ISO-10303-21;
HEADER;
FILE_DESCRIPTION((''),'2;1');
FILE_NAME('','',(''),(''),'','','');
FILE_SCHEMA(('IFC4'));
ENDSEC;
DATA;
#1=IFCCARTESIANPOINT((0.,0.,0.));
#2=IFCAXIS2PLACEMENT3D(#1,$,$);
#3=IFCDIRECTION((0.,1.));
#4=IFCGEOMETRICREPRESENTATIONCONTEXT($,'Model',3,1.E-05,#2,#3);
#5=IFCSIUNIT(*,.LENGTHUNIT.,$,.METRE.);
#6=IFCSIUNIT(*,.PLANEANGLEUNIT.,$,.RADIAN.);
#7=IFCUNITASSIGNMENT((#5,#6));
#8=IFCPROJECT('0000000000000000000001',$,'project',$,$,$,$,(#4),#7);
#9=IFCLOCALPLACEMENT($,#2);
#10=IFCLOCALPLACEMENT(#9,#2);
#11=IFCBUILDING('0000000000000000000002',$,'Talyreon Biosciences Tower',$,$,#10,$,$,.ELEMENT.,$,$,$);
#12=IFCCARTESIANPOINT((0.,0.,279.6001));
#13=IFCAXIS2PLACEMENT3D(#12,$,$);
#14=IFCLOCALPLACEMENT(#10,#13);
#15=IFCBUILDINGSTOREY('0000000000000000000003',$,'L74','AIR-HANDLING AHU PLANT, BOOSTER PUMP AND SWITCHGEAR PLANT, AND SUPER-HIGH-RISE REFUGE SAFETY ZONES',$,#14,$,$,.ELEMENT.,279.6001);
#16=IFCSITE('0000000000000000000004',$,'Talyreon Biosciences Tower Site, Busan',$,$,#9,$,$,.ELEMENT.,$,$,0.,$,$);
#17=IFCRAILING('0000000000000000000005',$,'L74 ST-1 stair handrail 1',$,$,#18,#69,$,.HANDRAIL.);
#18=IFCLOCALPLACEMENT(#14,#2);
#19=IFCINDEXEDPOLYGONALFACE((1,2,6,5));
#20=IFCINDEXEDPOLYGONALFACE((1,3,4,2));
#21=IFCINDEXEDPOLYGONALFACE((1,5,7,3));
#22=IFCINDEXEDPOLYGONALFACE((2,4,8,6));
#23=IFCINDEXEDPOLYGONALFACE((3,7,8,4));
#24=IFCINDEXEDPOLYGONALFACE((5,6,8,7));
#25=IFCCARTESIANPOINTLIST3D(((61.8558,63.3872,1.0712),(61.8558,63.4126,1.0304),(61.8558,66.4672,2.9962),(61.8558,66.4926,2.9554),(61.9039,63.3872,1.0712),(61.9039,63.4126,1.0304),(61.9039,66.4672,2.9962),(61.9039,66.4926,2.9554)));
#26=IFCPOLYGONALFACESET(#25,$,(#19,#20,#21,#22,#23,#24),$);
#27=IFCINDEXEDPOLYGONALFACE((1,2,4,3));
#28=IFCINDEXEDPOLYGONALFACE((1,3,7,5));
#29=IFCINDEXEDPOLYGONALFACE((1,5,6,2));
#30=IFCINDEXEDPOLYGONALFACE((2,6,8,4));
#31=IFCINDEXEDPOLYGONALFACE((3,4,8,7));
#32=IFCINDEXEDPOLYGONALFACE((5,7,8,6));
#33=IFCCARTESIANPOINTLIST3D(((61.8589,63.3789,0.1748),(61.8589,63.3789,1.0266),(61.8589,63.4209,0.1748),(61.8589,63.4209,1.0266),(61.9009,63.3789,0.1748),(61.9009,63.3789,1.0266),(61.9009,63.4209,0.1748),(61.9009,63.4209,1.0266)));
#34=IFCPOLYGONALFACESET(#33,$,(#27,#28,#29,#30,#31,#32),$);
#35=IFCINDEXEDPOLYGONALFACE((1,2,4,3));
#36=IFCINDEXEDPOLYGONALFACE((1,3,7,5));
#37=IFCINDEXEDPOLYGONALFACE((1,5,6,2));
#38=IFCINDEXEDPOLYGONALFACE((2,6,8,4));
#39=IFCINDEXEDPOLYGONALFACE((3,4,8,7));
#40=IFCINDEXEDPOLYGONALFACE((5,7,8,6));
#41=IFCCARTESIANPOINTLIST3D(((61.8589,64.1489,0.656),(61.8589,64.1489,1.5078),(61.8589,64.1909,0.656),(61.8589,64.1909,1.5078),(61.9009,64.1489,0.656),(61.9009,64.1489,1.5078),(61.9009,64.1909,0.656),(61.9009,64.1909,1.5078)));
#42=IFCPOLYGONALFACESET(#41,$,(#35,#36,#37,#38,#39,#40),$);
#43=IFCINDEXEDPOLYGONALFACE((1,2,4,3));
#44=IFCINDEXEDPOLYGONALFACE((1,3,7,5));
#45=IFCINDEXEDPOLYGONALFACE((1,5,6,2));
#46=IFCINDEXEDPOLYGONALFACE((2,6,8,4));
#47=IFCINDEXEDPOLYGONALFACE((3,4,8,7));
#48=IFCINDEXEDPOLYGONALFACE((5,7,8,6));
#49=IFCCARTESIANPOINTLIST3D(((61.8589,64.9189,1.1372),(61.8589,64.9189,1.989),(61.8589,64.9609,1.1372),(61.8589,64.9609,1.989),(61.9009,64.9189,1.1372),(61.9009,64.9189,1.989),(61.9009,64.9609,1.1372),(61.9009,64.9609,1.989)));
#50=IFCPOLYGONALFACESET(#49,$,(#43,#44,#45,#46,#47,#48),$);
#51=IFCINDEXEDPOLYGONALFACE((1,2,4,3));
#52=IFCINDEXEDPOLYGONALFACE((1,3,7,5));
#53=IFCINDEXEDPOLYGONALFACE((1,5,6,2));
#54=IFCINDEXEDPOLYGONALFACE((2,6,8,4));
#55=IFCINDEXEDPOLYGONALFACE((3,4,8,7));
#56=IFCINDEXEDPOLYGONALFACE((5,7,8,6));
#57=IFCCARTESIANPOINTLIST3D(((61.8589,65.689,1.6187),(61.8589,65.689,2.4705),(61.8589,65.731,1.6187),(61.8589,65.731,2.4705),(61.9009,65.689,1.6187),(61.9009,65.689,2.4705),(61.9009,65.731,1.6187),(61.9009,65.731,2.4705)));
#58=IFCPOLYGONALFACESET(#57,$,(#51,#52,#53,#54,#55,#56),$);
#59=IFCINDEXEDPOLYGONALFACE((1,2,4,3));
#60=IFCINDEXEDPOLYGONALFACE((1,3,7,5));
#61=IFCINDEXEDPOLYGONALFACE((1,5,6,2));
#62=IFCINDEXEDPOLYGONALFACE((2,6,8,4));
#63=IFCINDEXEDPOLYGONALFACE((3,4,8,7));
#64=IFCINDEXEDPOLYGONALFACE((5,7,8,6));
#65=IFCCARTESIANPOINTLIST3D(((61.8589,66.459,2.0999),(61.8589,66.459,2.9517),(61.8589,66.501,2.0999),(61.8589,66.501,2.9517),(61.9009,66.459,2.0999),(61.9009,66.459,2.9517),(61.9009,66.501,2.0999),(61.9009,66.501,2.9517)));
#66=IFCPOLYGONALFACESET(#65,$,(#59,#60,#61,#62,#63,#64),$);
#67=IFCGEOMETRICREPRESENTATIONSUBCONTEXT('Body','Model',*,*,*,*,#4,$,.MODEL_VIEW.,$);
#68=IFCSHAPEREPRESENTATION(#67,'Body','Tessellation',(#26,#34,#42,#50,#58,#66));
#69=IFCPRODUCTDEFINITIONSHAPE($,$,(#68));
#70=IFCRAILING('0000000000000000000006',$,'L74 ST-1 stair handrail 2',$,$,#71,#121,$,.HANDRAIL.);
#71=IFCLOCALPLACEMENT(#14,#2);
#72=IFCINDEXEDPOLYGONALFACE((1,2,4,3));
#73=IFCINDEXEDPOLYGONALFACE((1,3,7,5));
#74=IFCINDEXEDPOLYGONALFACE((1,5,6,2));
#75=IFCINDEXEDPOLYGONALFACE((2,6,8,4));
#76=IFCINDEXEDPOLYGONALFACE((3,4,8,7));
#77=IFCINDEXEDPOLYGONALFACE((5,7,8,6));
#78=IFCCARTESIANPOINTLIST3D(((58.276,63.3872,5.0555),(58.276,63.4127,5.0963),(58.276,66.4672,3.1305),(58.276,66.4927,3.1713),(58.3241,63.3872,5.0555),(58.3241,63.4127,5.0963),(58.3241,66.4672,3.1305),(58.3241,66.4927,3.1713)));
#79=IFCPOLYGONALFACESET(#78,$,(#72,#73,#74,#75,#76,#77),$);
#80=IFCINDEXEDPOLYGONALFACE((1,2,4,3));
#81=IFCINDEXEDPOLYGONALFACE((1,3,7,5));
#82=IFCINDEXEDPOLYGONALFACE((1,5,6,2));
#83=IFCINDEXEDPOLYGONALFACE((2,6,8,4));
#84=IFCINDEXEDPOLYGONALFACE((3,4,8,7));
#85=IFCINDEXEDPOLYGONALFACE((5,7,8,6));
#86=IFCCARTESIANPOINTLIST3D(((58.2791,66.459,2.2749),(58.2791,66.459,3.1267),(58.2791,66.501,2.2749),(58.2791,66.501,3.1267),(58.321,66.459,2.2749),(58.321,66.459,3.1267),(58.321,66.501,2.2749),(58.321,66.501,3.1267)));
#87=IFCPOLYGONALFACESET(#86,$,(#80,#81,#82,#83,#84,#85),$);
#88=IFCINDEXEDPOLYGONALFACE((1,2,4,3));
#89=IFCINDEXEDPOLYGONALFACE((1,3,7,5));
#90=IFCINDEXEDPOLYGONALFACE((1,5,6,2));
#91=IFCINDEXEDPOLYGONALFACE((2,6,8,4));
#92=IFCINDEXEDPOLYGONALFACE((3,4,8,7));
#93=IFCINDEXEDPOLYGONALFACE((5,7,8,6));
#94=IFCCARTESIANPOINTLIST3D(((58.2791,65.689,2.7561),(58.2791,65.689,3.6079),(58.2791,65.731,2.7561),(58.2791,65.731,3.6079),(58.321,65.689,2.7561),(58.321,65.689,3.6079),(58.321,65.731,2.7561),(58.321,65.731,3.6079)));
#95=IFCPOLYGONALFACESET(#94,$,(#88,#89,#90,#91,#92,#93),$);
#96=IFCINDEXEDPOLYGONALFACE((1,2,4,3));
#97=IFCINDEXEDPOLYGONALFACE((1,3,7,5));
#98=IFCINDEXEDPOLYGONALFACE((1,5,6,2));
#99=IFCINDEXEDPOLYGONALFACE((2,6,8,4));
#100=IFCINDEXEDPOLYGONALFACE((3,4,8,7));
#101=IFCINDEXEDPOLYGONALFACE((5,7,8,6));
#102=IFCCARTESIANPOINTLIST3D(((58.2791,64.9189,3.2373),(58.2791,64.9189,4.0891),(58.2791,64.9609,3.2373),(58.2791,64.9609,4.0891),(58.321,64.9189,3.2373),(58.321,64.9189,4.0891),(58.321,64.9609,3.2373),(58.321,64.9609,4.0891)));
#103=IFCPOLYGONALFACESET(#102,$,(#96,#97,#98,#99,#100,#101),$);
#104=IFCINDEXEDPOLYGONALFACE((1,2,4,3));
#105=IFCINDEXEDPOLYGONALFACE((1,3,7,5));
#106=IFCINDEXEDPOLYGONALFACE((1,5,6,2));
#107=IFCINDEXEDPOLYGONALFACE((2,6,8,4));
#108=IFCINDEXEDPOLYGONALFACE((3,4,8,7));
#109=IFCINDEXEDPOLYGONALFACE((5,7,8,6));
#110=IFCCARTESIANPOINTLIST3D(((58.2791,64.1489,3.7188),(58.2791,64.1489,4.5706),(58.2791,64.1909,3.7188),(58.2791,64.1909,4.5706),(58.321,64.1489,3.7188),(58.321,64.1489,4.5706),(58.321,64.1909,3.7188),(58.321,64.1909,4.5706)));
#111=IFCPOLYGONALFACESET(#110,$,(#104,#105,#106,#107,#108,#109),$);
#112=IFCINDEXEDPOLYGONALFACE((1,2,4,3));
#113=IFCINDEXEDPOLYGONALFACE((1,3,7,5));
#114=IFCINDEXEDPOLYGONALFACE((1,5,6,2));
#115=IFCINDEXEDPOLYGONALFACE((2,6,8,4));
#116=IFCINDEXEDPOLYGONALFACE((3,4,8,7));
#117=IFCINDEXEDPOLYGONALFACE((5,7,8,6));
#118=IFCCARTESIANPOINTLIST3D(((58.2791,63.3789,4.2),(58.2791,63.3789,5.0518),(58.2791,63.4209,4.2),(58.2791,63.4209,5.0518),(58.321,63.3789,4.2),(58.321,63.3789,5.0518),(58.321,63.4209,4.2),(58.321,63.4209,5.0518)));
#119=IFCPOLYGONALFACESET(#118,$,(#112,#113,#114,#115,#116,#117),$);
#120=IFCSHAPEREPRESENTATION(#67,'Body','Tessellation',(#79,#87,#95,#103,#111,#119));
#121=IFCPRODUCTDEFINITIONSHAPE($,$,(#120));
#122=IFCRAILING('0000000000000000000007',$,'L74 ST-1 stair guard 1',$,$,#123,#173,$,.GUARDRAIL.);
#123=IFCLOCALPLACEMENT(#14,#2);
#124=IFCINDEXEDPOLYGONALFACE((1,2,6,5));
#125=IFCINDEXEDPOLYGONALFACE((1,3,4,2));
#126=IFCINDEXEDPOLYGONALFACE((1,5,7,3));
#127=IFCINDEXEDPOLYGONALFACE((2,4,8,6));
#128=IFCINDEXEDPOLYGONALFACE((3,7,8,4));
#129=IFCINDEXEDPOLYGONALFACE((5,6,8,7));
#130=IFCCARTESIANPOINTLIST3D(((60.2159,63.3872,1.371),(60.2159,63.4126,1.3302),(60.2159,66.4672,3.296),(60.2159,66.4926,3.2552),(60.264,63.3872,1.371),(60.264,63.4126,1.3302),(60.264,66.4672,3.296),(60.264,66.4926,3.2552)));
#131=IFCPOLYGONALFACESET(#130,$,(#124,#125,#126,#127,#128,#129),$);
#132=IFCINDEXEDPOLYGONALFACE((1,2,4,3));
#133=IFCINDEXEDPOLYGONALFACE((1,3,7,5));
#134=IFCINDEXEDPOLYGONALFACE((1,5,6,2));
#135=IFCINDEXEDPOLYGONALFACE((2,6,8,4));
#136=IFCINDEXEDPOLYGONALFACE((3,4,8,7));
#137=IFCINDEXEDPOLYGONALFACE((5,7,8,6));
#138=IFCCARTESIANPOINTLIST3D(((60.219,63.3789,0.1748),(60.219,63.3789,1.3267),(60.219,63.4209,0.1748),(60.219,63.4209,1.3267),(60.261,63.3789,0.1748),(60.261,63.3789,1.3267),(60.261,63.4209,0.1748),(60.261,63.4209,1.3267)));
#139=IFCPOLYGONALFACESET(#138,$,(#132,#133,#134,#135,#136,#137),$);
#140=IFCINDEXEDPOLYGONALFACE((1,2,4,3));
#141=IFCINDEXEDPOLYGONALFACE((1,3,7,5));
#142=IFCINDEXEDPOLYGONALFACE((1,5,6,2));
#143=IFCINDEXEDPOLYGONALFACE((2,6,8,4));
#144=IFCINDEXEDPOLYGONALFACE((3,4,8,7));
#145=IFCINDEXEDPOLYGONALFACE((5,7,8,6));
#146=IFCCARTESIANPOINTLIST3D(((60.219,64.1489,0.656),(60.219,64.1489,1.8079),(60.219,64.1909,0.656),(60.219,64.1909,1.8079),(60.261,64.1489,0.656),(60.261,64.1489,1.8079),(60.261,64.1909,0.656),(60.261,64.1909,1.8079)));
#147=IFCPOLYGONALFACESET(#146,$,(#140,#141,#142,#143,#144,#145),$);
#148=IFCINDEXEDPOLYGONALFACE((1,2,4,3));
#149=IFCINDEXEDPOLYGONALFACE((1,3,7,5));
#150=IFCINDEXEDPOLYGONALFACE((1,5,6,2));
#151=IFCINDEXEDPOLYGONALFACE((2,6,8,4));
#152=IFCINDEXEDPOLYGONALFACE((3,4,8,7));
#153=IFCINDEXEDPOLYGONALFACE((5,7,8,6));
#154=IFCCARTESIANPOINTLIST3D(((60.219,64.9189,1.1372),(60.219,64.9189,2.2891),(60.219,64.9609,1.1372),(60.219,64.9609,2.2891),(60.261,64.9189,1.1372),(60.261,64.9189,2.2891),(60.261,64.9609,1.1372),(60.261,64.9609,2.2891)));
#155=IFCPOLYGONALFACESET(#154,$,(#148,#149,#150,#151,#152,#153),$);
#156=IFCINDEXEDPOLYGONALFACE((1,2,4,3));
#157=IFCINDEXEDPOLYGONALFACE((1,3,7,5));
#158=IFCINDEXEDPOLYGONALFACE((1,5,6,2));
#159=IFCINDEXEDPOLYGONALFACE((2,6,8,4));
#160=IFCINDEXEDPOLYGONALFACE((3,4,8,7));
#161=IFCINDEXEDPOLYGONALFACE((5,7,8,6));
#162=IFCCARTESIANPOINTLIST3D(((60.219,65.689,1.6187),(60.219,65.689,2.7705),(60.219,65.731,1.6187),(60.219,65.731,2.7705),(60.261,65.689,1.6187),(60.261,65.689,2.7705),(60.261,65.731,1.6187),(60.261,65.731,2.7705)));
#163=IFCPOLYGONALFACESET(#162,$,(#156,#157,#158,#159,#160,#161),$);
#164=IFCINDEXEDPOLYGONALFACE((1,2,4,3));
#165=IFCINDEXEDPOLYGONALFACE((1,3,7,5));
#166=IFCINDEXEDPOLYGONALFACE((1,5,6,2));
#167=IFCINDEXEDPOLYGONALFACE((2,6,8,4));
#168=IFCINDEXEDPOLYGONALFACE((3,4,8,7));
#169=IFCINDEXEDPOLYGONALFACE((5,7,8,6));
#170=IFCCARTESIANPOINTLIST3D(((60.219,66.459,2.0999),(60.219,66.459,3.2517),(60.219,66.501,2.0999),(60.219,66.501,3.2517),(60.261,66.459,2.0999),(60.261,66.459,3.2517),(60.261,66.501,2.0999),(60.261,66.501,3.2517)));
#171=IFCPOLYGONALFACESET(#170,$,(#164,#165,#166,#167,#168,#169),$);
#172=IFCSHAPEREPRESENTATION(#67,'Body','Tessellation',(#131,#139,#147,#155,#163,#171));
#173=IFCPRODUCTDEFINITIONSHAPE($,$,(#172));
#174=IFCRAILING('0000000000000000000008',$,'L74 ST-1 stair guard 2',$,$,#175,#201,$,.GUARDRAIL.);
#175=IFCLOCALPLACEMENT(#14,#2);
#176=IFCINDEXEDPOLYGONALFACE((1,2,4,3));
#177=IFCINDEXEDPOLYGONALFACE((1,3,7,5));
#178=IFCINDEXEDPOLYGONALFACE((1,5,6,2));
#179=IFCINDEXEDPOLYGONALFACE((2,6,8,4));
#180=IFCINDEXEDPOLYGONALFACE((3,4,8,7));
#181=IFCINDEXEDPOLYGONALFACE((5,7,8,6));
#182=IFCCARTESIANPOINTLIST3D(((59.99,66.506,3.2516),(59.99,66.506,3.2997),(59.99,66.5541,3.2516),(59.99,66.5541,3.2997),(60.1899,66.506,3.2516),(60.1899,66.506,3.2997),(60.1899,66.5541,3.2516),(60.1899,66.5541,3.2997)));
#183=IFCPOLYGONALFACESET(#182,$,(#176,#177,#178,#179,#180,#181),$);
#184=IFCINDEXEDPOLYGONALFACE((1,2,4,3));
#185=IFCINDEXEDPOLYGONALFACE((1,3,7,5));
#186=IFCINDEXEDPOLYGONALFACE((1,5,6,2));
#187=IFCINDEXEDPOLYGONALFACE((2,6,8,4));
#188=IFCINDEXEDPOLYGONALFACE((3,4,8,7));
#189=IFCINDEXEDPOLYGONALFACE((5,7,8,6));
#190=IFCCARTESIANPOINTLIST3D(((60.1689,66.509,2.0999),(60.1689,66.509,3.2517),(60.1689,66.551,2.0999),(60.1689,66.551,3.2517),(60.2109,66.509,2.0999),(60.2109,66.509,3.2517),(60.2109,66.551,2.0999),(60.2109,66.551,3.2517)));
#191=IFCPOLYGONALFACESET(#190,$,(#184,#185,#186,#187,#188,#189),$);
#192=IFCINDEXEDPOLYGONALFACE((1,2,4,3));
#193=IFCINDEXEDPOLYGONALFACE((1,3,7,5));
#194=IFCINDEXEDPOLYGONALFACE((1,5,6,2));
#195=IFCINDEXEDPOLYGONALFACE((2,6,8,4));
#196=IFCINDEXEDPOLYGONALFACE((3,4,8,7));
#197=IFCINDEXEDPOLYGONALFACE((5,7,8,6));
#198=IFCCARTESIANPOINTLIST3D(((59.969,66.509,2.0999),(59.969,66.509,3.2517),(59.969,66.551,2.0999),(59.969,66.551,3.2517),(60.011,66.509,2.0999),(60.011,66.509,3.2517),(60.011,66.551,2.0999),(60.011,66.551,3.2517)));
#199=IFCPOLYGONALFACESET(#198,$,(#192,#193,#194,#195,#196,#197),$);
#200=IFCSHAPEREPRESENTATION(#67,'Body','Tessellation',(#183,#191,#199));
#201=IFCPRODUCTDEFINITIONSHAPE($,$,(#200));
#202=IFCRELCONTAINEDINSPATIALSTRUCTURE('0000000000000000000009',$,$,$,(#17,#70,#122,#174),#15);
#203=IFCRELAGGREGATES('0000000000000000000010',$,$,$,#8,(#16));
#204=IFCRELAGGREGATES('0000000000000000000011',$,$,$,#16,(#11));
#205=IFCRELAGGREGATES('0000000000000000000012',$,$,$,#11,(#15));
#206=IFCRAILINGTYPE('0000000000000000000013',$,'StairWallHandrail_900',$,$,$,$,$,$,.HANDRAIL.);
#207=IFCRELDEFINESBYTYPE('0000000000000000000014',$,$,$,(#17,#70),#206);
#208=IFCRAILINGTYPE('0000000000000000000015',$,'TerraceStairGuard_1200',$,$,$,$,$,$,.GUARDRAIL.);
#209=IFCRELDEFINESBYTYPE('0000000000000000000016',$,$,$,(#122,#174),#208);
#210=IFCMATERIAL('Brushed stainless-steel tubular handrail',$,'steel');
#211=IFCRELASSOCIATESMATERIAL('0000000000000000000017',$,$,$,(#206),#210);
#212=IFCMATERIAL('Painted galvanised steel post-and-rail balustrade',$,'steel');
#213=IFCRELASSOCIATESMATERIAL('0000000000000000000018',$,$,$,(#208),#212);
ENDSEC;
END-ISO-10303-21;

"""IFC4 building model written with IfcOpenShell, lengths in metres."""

from ifc_helpers import new_model, si_unit, direction, frame, origin, origin_2d, place, context, subcontext, project, spatial, rectangle, extrude, material, type_object, element, save


model = new_model("IFC4")

# Units and contexts
model_context = context("Model", 3, precision=1e-05, world=origin(), true_north=direction((0.0, 1.0)))
body_context = subcontext(model_context, "Body", "Model", "MODEL_VIEW")
ifc_project = project(units=[si_unit("LENGTHUNIT", "METRE"), si_unit("PLANEANGLEUNIT", "RADIAN")], contexts=[model_context])

# Site, building, storey
site_placement = place(None, origin())
site = spatial("IfcSite", under=ifc_project, at=site_placement, Name="Talyreon Biosciences Tower Site, Busan", CompositionType="ELEMENT", RefElevation=0.0)
building_placement = place(site_placement, origin())
building = spatial("IfcBuilding", under=site, at=building_placement, Name="Talyreon Biosciences Tower", CompositionType="ELEMENT")
storey_placement = place(building_placement, frame((0.0, 0.0, 279.6001)))
storey = spatial("IfcBuildingStorey", under=building, at=storey_placement, Name="L74", Description="AIR-HANDLING AHU PLANT, BOOSTER PUMP AND SWITCHGEAR PLANT, AND SUPER-HIGH-RISE REFUGE SAFETY ZONES", CompositionType="ELEMENT", Elevation=279.6001)

# Railings
ifc_material_1 = material(Name="Brushed stainless-steel tubular handrail", Category="steel")
railing_type_1 = type_object("IfcRailingType", Name="StairWallHandrail_900", PredefinedType="HANDRAIL", material=ifc_material_1)
railing_1_placement = place(storey_placement, frame((61.8799, 63.3999, 0.1748)))
element("IfcRailing", 1, at=railing_1_placement, inside=storey, type_object=railing_type_1, Name="L74 ST-1 stair handrail 1", PredefinedType="HANDRAIL", context=body_context, shape_type="SweptSolid", body=[
    extrude(rectangle(XDim=0.0481, YDim=0.0481, at=origin_2d()), frame((0.0, 0.0, 0.876), z_axis=(0.0, 0.847998, 0.529999), x_axis=(-1.0, 0.0, 0.0)), (0.0, 0.0, 1.0), 3.6321),
    extrude(rectangle(XDim=0.042, YDim=0.042, at=origin_2d()), origin(), (0.0, 0.0, 1.0), 0.8518),
    extrude(rectangle(XDim=0.042, YDim=0.042, at=origin_2d()), frame((0.0, 0.77, 0.4812)), (0.0, 0.0, 1.0), 0.8518),
    extrude(rectangle(XDim=0.042, YDim=0.042, at=origin_2d()), frame((0.0, 1.54, 0.9624)), (0.0, 0.0, 1.0), 0.8518),
    extrude(rectangle(XDim=0.042, YDim=0.042, at=origin_2d()), frame((0.0, 2.3101, 1.4438)), (0.0, 0.0, 1.0), 0.8518),
    extrude(rectangle(XDim=0.042, YDim=0.042, at=origin_2d()), frame((0.0, 3.0801, 1.925)), (0.0, 0.0, 1.0), 0.8518),
])
railing_2_placement = place(storey_placement, frame((58.3, 66.48, 2.2749)))
element("IfcRailing", 2, at=railing_2_placement, inside=storey, type_object=railing_type_1, Name="L74 ST-1 stair handrail 2", PredefinedType="HANDRAIL", context=body_context, shape_type="SweptSolid", body=[
    extrude(rectangle(XDim=0.0481, YDim=0.0481, at=origin_2d()), frame((0.0, 0.0, 0.876), z_axis=(0.0, -0.847998, 0.529999), x_axis=(1.0, 0.0, 0.0)), (0.0, 0.0, 1.0), 3.6321),
    extrude(rectangle(XDim=0.042, YDim=0.042, at=origin_2d()), origin(), (0.0, 0.0, 1.0), 0.8518),
    extrude(rectangle(XDim=0.042, YDim=0.042, at=origin_2d()), frame((0.0, -0.77, 0.4812)), (0.0, 0.0, 1.0), 0.8518),
    extrude(rectangle(XDim=0.042, YDim=0.042, at=origin_2d()), frame((0.0, -1.54, 0.9624)), (0.0, 0.0, 1.0), 0.8518),
    extrude(rectangle(XDim=0.042, YDim=0.042, at=origin_2d()), frame((0.0, -2.3101, 1.4438)), (0.0, 0.0, 1.0), 0.8518),
    extrude(rectangle(XDim=0.042, YDim=0.042, at=origin_2d()), frame((0.0, -3.0801, 1.925)), (0.0, 0.0, 1.0), 0.8518),
])
ifc_material_2 = material(Name="Painted galvanised steel post-and-rail balustrade", Category="steel")
railing_type_2 = type_object("IfcRailingType", Name="TerraceStairGuard_1200", PredefinedType="GUARDRAIL", material=ifc_material_2)
railing_3_placement = place(storey_placement, frame((60.24, 63.3999, 0.1748)))
element("IfcRailing", 3, at=railing_3_placement, inside=storey, type_object=railing_type_2, Name="L74 ST-1 stair guard 1", PredefinedType="GUARDRAIL", context=body_context, shape_type="SweptSolid", body=[
    extrude(rectangle(XDim=0.0481, YDim=0.0481, at=origin_2d()), frame((0.0, 0.0, 1.1758), z_axis=(0.0, 0.847998, 0.529999), x_axis=(-1.0, 0.0, 0.0)), (0.0, 0.0, 1.0), 3.6321),
    extrude(rectangle(XDim=0.042, YDim=0.042, at=origin_2d()), origin(), (0.0, 0.0, 1.0), 1.1519),
    extrude(rectangle(XDim=0.042, YDim=0.042, at=origin_2d()), frame((0.0, 0.77, 0.4812)), (0.0, 0.0, 1.0), 1.1519),
    extrude(rectangle(XDim=0.042, YDim=0.042, at=origin_2d()), frame((0.0, 1.54, 0.9624)), (0.0, 0.0, 1.0), 1.1519),
    extrude(rectangle(XDim=0.042, YDim=0.042, at=origin_2d()), frame((0.0, 2.3101, 1.4438)), (0.0, 0.0, 1.0), 1.1519),
    extrude(rectangle(XDim=0.042, YDim=0.042, at=origin_2d()), frame((0.0, 3.0801, 1.925)), (0.0, 0.0, 1.0), 1.1519),
])
railing_4_placement = place(storey_placement, frame((60.1899, 66.53, 2.0999)))
element("IfcRailing", 4, at=railing_4_placement, inside=storey, type_object=railing_type_2, Name="L74 ST-1 stair guard 2", PredefinedType="GUARDRAIL", context=body_context, shape_type="SweptSolid", body=[
    extrude(rectangle(XDim=0.0481, YDim=0.0481, at=origin_2d()), frame((0.0, 0.0, 1.1758), z_axis=(-1.0, 0.0, 0.0), x_axis=(0.0, -1.0, 0.0)), (0.0, 0.0, 1.0), 0.2),
    extrude(rectangle(XDim=0.042, YDim=0.042, at=origin_2d()), origin(), (0.0, 0.0, 1.0), 1.1519),
    extrude(rectangle(XDim=0.042, YDim=0.042, at=origin_2d()), frame((-0.2, 0.0, 0.0)), (0.0, 0.0, 1.0), 1.1519),
])

save(model, "model.ifc")
